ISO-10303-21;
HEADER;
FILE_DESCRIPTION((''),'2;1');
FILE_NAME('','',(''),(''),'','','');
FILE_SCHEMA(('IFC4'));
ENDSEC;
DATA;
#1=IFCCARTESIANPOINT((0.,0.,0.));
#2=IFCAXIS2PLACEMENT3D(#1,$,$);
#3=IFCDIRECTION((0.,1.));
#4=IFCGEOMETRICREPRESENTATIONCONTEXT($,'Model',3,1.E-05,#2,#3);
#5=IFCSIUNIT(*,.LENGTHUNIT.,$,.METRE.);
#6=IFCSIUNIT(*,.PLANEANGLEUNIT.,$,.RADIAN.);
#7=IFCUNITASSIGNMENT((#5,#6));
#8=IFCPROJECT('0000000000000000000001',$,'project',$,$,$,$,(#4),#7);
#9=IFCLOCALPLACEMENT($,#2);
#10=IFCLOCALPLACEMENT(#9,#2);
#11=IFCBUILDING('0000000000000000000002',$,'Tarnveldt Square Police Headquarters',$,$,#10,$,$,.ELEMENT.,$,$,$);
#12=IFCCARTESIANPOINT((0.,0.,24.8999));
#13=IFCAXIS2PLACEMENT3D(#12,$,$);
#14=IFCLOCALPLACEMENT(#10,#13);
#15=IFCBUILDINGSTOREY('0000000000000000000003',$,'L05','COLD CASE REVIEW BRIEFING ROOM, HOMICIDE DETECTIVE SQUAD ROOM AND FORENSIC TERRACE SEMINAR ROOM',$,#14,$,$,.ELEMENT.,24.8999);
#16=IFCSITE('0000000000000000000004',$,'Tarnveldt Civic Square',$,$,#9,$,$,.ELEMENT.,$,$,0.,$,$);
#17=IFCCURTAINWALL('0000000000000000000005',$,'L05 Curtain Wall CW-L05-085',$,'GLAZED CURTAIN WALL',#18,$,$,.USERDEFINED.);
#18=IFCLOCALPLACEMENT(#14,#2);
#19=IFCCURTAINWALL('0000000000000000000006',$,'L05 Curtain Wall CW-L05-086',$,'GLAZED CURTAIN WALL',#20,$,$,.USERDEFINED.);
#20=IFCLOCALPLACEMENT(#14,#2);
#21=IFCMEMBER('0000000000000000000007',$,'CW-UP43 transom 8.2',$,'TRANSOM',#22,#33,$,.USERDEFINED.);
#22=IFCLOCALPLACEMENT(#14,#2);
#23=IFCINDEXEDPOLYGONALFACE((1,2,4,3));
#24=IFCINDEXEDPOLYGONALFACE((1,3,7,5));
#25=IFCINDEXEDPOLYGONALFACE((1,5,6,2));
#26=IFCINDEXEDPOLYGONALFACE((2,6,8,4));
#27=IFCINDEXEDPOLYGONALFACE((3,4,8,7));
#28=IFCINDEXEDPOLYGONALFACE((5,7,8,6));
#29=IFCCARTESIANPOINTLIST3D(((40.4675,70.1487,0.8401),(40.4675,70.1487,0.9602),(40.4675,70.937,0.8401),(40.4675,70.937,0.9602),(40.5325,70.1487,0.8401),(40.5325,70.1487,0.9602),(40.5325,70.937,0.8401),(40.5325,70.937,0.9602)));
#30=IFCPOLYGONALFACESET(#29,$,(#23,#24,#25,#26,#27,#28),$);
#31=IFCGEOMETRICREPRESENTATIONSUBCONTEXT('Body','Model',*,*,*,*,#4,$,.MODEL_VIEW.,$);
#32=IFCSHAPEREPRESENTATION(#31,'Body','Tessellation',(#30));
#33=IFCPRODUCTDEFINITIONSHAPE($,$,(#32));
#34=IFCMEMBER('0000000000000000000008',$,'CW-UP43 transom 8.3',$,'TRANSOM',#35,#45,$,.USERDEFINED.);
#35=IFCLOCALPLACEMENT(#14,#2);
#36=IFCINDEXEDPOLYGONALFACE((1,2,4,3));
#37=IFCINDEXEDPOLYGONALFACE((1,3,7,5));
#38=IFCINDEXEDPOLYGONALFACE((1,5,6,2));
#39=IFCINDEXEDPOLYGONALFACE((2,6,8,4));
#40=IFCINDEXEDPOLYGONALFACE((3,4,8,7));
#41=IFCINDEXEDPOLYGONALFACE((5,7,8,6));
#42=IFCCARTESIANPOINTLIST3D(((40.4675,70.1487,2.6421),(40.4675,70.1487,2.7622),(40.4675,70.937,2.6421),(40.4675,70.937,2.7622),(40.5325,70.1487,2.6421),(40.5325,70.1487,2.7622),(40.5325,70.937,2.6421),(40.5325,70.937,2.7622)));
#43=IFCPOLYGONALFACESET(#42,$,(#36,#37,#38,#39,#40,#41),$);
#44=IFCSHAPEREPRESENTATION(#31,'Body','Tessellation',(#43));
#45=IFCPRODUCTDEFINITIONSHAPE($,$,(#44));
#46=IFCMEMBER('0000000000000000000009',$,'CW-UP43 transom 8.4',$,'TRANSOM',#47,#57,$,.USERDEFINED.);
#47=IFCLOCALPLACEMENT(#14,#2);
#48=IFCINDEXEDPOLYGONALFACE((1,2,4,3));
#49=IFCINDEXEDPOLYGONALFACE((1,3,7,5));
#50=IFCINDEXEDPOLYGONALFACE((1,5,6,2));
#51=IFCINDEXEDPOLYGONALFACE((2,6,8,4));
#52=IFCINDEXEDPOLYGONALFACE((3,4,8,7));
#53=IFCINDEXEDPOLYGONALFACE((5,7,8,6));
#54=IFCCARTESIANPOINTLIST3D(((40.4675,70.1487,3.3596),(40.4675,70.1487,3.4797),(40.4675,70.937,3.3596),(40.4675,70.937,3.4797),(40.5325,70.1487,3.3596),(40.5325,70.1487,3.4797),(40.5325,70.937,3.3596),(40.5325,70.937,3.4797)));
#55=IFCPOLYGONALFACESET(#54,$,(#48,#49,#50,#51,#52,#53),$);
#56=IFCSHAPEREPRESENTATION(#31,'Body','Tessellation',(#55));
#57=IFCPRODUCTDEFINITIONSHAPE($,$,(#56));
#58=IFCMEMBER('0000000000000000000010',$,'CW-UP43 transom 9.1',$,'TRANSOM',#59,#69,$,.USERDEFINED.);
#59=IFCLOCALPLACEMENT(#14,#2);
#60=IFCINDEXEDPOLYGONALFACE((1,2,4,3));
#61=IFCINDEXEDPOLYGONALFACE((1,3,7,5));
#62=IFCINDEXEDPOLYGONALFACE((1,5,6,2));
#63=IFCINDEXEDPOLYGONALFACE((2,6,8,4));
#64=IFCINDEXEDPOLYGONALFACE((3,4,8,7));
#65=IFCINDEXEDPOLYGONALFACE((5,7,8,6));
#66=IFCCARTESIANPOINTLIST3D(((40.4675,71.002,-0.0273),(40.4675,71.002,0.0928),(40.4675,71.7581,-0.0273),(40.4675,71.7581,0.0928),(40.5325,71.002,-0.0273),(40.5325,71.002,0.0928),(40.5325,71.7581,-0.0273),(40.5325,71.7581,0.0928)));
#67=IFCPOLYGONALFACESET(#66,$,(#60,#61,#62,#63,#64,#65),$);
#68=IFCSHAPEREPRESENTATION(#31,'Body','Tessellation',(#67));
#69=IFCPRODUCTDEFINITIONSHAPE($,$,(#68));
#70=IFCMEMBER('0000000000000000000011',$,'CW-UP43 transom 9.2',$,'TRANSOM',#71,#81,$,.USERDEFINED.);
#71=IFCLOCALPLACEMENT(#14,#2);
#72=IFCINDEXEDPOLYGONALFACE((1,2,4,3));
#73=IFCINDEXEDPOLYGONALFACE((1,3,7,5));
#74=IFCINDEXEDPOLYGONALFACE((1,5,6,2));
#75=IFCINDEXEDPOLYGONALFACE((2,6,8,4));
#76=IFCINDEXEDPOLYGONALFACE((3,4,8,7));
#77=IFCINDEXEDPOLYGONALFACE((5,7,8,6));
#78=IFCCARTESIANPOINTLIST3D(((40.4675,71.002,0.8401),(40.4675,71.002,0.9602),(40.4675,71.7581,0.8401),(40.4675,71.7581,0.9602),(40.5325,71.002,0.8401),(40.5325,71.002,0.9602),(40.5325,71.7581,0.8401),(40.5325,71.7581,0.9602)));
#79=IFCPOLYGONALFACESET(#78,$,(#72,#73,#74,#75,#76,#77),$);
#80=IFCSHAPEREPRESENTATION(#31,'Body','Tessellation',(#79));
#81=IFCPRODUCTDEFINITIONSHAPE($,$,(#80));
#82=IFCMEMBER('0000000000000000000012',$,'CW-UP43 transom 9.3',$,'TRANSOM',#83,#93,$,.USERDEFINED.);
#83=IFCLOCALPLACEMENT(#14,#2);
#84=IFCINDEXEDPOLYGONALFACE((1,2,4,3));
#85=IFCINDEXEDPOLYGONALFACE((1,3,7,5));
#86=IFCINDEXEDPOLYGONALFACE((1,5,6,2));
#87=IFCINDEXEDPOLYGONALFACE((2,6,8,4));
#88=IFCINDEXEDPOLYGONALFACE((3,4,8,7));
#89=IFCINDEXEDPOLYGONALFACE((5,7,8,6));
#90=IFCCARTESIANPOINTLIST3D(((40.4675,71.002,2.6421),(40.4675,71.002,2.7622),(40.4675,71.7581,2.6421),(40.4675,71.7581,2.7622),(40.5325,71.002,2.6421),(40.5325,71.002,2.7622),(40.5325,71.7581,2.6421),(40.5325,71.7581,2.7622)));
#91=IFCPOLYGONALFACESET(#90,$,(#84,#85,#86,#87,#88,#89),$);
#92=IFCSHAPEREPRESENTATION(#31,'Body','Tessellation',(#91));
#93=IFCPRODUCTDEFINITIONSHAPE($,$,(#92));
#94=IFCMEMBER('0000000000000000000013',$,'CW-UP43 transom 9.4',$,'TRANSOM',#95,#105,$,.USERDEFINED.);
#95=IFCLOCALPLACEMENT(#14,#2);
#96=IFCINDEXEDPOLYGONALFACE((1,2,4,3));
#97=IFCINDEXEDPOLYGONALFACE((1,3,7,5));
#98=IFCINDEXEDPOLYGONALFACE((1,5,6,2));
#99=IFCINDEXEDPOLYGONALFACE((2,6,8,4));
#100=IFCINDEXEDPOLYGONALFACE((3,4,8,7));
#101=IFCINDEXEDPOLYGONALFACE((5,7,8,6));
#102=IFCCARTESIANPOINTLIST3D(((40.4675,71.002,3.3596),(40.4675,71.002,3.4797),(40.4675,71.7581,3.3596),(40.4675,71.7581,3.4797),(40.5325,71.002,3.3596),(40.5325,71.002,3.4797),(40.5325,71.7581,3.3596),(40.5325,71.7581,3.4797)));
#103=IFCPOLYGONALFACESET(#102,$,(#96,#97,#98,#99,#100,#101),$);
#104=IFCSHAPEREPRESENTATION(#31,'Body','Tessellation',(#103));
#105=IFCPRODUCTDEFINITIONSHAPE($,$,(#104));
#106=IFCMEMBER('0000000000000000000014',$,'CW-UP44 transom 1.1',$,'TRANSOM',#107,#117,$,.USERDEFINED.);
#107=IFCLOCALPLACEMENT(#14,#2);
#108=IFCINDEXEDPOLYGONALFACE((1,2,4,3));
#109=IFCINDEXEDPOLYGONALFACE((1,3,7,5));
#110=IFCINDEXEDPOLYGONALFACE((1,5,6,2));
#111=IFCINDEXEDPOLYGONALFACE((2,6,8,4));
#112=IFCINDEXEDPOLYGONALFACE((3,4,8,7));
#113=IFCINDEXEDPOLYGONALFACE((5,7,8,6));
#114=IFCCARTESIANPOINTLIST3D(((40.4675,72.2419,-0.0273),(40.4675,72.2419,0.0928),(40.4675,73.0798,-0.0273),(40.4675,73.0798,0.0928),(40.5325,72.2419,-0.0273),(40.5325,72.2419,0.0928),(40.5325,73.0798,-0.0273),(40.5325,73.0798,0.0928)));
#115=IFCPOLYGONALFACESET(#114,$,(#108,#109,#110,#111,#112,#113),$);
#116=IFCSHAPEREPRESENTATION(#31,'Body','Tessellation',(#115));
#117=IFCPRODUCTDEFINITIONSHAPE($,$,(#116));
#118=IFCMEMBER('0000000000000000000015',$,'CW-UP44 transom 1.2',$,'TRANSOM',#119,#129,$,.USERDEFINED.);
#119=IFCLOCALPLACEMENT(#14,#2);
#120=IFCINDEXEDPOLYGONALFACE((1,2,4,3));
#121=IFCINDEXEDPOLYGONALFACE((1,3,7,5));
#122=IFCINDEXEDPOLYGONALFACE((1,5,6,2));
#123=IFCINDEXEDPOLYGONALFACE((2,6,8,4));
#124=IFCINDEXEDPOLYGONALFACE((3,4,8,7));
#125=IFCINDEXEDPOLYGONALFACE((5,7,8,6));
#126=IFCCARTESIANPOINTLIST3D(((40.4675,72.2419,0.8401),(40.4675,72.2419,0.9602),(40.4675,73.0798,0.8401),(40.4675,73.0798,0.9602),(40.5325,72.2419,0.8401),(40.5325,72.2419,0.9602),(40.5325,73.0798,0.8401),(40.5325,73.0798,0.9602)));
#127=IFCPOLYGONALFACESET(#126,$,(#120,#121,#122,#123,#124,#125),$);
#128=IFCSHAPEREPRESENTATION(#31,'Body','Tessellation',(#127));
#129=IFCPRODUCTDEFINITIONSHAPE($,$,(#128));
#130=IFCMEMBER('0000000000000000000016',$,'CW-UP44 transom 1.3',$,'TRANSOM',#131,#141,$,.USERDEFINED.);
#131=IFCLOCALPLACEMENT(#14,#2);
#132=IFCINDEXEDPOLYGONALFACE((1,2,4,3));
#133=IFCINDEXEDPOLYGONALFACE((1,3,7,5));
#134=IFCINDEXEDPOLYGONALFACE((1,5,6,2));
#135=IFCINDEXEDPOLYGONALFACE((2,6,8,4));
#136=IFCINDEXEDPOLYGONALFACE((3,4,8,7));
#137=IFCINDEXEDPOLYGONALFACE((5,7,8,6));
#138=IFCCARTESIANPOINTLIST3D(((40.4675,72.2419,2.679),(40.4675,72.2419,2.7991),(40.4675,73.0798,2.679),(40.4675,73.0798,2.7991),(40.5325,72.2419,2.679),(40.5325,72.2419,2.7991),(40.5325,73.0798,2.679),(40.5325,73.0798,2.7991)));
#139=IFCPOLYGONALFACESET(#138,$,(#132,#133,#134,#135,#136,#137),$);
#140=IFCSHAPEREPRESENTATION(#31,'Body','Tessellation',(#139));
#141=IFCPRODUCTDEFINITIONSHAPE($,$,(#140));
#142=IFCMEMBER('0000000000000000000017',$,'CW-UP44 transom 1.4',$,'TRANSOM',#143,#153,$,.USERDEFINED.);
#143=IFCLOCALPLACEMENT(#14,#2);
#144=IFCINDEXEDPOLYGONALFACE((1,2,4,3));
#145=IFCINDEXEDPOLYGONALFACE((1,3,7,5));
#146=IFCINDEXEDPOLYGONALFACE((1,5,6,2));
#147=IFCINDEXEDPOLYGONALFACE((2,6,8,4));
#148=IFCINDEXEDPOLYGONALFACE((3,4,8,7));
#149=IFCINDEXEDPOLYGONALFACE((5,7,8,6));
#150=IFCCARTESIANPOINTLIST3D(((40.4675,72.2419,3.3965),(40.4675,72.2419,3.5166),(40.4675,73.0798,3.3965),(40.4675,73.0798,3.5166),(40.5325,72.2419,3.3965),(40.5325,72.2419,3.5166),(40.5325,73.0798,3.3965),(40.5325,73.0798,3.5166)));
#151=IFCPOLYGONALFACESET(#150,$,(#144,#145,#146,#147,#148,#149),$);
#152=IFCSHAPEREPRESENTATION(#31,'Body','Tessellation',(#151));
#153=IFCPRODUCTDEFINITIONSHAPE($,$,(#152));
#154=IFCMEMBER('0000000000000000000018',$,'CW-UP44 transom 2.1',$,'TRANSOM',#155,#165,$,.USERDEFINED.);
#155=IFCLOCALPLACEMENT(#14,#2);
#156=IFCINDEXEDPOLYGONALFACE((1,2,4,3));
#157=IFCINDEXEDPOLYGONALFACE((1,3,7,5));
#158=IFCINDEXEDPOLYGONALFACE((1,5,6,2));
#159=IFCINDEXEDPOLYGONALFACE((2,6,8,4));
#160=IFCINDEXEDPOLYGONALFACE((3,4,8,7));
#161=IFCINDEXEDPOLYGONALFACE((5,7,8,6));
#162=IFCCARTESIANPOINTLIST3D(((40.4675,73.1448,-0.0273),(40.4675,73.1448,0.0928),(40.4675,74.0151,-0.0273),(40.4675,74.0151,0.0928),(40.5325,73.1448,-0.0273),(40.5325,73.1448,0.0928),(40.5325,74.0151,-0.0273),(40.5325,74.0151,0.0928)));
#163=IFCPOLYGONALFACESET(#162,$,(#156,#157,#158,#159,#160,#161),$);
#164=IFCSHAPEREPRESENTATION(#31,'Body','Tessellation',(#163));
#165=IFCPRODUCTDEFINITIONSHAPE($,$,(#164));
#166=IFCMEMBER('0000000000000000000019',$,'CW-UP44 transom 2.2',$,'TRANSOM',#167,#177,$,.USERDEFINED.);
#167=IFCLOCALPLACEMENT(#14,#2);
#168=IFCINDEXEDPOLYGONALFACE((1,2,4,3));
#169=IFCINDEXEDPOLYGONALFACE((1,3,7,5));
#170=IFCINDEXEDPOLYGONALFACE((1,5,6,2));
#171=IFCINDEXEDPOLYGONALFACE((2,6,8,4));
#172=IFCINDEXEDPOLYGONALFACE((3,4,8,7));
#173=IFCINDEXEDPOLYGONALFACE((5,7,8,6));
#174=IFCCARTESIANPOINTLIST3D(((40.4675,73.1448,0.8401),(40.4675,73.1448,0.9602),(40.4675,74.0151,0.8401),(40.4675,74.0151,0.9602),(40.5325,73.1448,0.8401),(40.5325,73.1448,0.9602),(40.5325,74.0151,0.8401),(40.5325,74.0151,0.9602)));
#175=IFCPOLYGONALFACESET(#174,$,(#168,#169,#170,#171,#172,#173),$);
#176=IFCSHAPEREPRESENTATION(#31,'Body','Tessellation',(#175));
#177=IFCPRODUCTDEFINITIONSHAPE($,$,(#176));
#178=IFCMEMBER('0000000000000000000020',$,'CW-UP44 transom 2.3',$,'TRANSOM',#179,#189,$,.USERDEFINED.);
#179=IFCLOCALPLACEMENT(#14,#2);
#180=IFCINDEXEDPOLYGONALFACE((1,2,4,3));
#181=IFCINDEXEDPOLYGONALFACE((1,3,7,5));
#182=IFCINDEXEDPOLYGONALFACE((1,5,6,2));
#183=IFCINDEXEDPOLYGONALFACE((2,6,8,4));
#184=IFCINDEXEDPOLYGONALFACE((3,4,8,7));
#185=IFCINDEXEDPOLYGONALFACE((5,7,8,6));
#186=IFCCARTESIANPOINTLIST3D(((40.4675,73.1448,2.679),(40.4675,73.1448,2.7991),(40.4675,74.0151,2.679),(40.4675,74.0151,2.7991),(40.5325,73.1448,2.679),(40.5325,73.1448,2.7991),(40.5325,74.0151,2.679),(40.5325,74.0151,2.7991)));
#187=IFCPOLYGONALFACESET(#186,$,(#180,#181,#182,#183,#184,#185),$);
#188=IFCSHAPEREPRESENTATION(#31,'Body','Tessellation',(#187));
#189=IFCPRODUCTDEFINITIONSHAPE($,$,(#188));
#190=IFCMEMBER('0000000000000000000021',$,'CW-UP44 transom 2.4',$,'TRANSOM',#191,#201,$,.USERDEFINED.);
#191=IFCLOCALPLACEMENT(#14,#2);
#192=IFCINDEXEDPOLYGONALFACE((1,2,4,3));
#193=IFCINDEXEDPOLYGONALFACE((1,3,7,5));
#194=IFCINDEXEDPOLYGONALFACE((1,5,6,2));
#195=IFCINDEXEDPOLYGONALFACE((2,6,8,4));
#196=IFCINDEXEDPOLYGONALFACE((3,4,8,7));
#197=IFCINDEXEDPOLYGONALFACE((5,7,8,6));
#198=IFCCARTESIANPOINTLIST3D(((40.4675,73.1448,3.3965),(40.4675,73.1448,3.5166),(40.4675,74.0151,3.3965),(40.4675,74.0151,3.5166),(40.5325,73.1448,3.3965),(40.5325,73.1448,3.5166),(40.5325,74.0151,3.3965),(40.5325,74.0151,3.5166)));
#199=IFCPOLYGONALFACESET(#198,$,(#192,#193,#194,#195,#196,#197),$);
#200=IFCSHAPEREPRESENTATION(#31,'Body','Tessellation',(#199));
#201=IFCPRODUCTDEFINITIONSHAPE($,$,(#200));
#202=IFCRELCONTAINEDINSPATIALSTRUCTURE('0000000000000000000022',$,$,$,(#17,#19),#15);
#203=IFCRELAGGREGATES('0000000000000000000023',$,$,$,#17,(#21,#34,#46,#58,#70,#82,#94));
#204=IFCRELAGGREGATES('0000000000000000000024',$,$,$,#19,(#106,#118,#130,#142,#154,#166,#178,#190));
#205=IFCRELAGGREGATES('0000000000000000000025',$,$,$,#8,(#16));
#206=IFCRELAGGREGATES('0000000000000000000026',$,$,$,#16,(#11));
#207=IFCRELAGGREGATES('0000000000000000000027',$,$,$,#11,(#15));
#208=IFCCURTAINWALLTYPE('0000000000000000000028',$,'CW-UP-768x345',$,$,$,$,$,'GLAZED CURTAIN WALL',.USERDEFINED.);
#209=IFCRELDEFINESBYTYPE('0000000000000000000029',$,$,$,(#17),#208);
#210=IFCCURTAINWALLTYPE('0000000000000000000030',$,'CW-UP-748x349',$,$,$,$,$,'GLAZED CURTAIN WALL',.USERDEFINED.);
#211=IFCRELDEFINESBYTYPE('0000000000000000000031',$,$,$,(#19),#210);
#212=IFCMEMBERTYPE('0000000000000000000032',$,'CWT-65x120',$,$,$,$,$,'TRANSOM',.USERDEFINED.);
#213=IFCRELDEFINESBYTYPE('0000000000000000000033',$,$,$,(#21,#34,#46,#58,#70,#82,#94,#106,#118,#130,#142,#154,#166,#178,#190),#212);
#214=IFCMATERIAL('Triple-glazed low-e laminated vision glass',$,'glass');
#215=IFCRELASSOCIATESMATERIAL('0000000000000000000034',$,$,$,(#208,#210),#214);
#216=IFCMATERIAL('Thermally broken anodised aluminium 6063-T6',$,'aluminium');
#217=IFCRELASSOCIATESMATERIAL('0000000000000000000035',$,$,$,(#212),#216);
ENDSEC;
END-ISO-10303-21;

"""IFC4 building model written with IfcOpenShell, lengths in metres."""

from ifc_helpers import new_model, si_unit, direction, frame, origin, origin_2d, place, context, subcontext, project, spatial, rectangle, extrude, material, material_profile, profile_set, type_object, element, aggregate, save


model = new_model("IFC4")

# Units and contexts
model_context = context("Model", 3, precision=1e-05, world=origin(), true_north=direction((0.0, 1.0)))
body_context = subcontext(model_context, "Body", "Model", "MODEL_VIEW")
ifc_project = project(units=[si_unit("LENGTHUNIT", "METRE"), si_unit("PLANEANGLEUNIT", "RADIAN")], contexts=[model_context])

# Site, building, storey
site_placement = place(None, origin())
site = spatial("IfcSite", under=ifc_project, at=site_placement, Name="Tarnveldt Civic Square", CompositionType="ELEMENT", RefElevation=0.0)
building_placement = place(site_placement, origin())
building = spatial("IfcBuilding", under=site, at=building_placement, Name="Tarnveldt Square Police Headquarters", CompositionType="ELEMENT")
storey_placement = place(building_placement, frame((0.0, 0.0, 24.8999)))
storey = spatial("IfcBuildingStorey", under=building, at=storey_placement, Name="L05", Description="COLD CASE REVIEW BRIEFING ROOM, HOMICIDE DETECTIVE SQUAD ROOM AND FORENSIC TERRACE SEMINAR ROOM", CompositionType="ELEMENT", Elevation=24.8999)

# Curtain walls
ifc_material_1 = material(Name="Triple-glazed low-e laminated vision glass", Category="glass")
curtain_wall_type_1 = type_object("IfcCurtainWallType", Name="CW-UP-768x345", ElementType="GLAZED CURTAIN WALL", PredefinedType="USERDEFINED", material=ifc_material_1)
curtain_wall_1_placement = place(storey_placement, origin())
curtain_wall_1 = element("IfcCurtainWall", 1, at=curtain_wall_1_placement, inside=storey, type_object=curtain_wall_type_1, Name="L05 Curtain Wall CW-L05-085", ObjectType="GLAZED CURTAIN WALL", PredefinedType="USERDEFINED")
ifc_material_2 = material(Name="Thermally broken anodised aluminium 6063-T6", Category="aluminium")
curtain_wall_type_2 = type_object("IfcCurtainWallType", Name="CW-UP-748x349", ElementType="GLAZED CURTAIN WALL", PredefinedType="USERDEFINED", material=ifc_material_1)
curtain_wall_2_placement = place(storey_placement, origin())
curtain_wall_2 = element("IfcCurtainWall", 2, at=curtain_wall_2_placement, inside=storey, type_object=curtain_wall_type_2, Name="L05 Curtain Wall CW-L05-086", ObjectType="GLAZED CURTAIN WALL", PredefinedType="USERDEFINED")

# Members
ifc_material_profile_1 = material_profile(ifc_material_2, rectangle(XDim=0.0649, YDim=0.1201, at=origin_2d()), Name="CW-T65x120")
ifc_profile_set_1 = profile_set([ifc_material_profile_1], Name="Thermally broken anodised aluminium 6063-T6")
member_type_1 = type_object("IfcMemberType", Name="CWT-65x120", ElementType="TRANSOM", PredefinedType="USERDEFINED", material=ifc_profile_set_1)
member_1_placement = place(storey_placement, frame((40.5, 70.1487, 0.9001), z_axis=(0.0, 1.0, 0.0), x_axis=(-1.0, 0.0, 0.0)))
member_1 = element("IfcMember", 3, at=member_1_placement, type_object=member_type_1, Name="CW-UP43 transom 8.2", ObjectType="TRANSOM", PredefinedType="USERDEFINED", context=body_context, shape_type="SweptSolid", body=[
    extrude(rectangle(XDim=0.0649, YDim=0.1201, at=origin_2d()), origin(), (0.0, 0.0, 1.0), 0.7883),
])
member_2_placement = place(storey_placement, frame((40.5, 70.1487, 2.7021), z_axis=(0.0, 1.0, 0.0), x_axis=(-1.0, 0.0, 0.0)))
member_2 = element("IfcMember", 4, at=member_2_placement, type_object=member_type_1, Name="CW-UP43 transom 8.3", ObjectType="TRANSOM", PredefinedType="USERDEFINED", context=body_context, shape_type="SweptSolid", body=[
    extrude(rectangle(XDim=0.0649, YDim=0.1201, at=origin_2d()), origin(), (0.0, 0.0, 1.0), 0.7883),
])
member_3_placement = place(storey_placement, frame((40.5, 70.1487, 3.4197), z_axis=(0.0, 1.0, 0.0), x_axis=(-1.0, 0.0, 0.0)))
member_3 = element("IfcMember", 5, at=member_3_placement, type_object=member_type_1, Name="CW-UP43 transom 8.4", ObjectType="TRANSOM", PredefinedType="USERDEFINED", context=body_context, shape_type="SweptSolid", body=[
    extrude(rectangle(XDim=0.0649, YDim=0.1201, at=origin_2d()), origin(), (0.0, 0.0, 1.0), 0.7883),
])
member_4_placement = place(storey_placement, frame((40.5, 71.002, 0.0327), z_axis=(0.0, 1.0, 0.0), x_axis=(-1.0, 0.0, 0.0)))
member_4 = element("IfcMember", 6, at=member_4_placement, type_object=member_type_1, Name="CW-UP43 transom 9.1", ObjectType="TRANSOM", PredefinedType="USERDEFINED", context=body_context, shape_type="SweptSolid", body=[
    extrude(rectangle(XDim=0.0649, YDim=0.1201, at=origin_2d()), origin(), (0.0, 0.0, 1.0), 0.7561),
])
member_5_placement = place(storey_placement, frame((40.5, 71.002, 0.9001), z_axis=(0.0, 1.0, 0.0), x_axis=(-1.0, 0.0, 0.0)))
member_5 = element("IfcMember", 7, at=member_5_placement, type_object=member_type_1, Name="CW-UP43 transom 9.2", ObjectType="TRANSOM", PredefinedType="USERDEFINED", context=body_context, shape_type="SweptSolid", body=[
    extrude(rectangle(XDim=0.0649, YDim=0.1201, at=origin_2d()), origin(), (0.0, 0.0, 1.0), 0.7561),
])
member_6_placement = place(storey_placement, frame((40.5, 71.002, 2.7021), z_axis=(0.0, 1.0, 0.0), x_axis=(-1.0, 0.0, 0.0)))
member_6 = element("IfcMember", 8, at=member_6_placement, type_object=member_type_1, Name="CW-UP43 transom 9.3", ObjectType="TRANSOM", PredefinedType="USERDEFINED", context=body_context, shape_type="SweptSolid", body=[
    extrude(rectangle(XDim=0.0649, YDim=0.1201, at=origin_2d()), origin(), (0.0, 0.0, 1.0), 0.7561),
])
member_7_placement = place(storey_placement, frame((40.5, 71.002, 3.4197), z_axis=(0.0, 1.0, 0.0), x_axis=(-1.0, 0.0, 0.0)))
member_7 = element("IfcMember", 9, at=member_7_placement, type_object=member_type_1, Name="CW-UP43 transom 9.4", ObjectType="TRANSOM", PredefinedType="USERDEFINED", context=body_context, shape_type="SweptSolid", body=[
    extrude(rectangle(XDim=0.0649, YDim=0.1201, at=origin_2d()), origin(), (0.0, 0.0, 1.0), 0.7561),
])
member_8_placement = place(storey_placement, frame((40.5, 72.2419, 0.0327), z_axis=(0.0, 1.0, 0.0), x_axis=(-1.0, 0.0, 0.0)))
member_8 = element("IfcMember", 10, at=member_8_placement, type_object=member_type_1, Name="CW-UP44 transom 1.1", ObjectType="TRANSOM", PredefinedType="USERDEFINED", context=body_context, shape_type="SweptSolid", body=[
    extrude(rectangle(XDim=0.0649, YDim=0.1201, at=origin_2d()), origin(), (0.0, 0.0, 1.0), 0.8379),
])
member_9_placement = place(storey_placement, frame((40.5, 72.2419, 0.9001), z_axis=(0.0, 1.0, 0.0), x_axis=(-1.0, 0.0, 0.0)))
member_9 = element("IfcMember", 11, at=member_9_placement, type_object=member_type_1, Name="CW-UP44 transom 1.2", ObjectType="TRANSOM", PredefinedType="USERDEFINED", context=body_context, shape_type="SweptSolid", body=[
    extrude(rectangle(XDim=0.0649, YDim=0.1201, at=origin_2d()), origin(), (0.0, 0.0, 1.0), 0.8379),
])
member_10_placement = place(storey_placement, frame((40.5, 72.2419, 2.739), z_axis=(0.0, 1.0, 0.0), x_axis=(-1.0, 0.0, 0.0)))
member_10 = element("IfcMember", 12, at=member_10_placement, type_object=member_type_1, Name="CW-UP44 transom 1.3", ObjectType="TRANSOM", PredefinedType="USERDEFINED", context=body_context, shape_type="SweptSolid", body=[
    extrude(rectangle(XDim=0.0649, YDim=0.1201, at=origin_2d()), origin(), (0.0, 0.0, 1.0), 0.8379),
])
member_11_placement = place(storey_placement, frame((40.5, 72.2419, 3.4565), z_axis=(0.0, 1.0, 0.0), x_axis=(-1.0, 0.0, 0.0)))
member_11 = element("IfcMember", 13, at=member_11_placement, type_object=member_type_1, Name="CW-UP44 transom 1.4", ObjectType="TRANSOM", PredefinedType="USERDEFINED", context=body_context, shape_type="SweptSolid", body=[
    extrude(rectangle(XDim=0.0649, YDim=0.1201, at=origin_2d()), origin(), (0.0, 0.0, 1.0), 0.8379),
])
member_12_placement = place(storey_placement, frame((40.5, 73.1448, 0.0327), z_axis=(0.0, 1.0, 0.0), x_axis=(-1.0, 0.0, 0.0)))
member_12 = element("IfcMember", 14, at=member_12_placement, type_object=member_type_1, Name="CW-UP44 transom 2.1", ObjectType="TRANSOM", PredefinedType="USERDEFINED", context=body_context, shape_type="SweptSolid", body=[
    extrude(rectangle(XDim=0.0649, YDim=0.1201, at=origin_2d()), origin(), (0.0, 0.0, 1.0), 0.8704),
])
member_13_placement = place(storey_placement, frame((40.5, 73.1448, 0.9001), z_axis=(0.0, 1.0, 0.0), x_axis=(-1.0, 0.0, 0.0)))
member_13 = element("IfcMember", 15, at=member_13_placement, type_object=member_type_1, Name="CW-UP44 transom 2.2", ObjectType="TRANSOM", PredefinedType="USERDEFINED", context=body_context, shape_type="SweptSolid", body=[
    extrude(rectangle(XDim=0.0649, YDim=0.1201, at=origin_2d()), origin(), (0.0, 0.0, 1.0), 0.8704),
])
member_14_placement = place(storey_placement, frame((40.5, 73.1448, 2.739), z_axis=(0.0, 1.0, 0.0), x_axis=(-1.0, 0.0, 0.0)))
member_14 = element("IfcMember", 16, at=member_14_placement, type_object=member_type_1, Name="CW-UP44 transom 2.3", ObjectType="TRANSOM", PredefinedType="USERDEFINED", context=body_context, shape_type="SweptSolid", body=[
    extrude(rectangle(XDim=0.0649, YDim=0.1201, at=origin_2d()), origin(), (0.0, 0.0, 1.0), 0.8704),
])
member_15_placement = place(storey_placement, frame((40.5, 73.1448, 3.4565), z_axis=(0.0, 1.0, 0.0), x_axis=(-1.0, 0.0, 0.0)))
member_15 = element("IfcMember", 17, at=member_15_placement, type_object=member_type_1, Name="CW-UP44 transom 2.4", ObjectType="TRANSOM", PredefinedType="USERDEFINED", context=body_context, shape_type="SweptSolid", body=[
    extrude(rectangle(XDim=0.0649, YDim=0.1201, at=origin_2d()), origin(), (0.0, 0.0, 1.0), 0.8704),
])

aggregate(curtain_wall_1, [member_1, member_2, member_3, member_4, member_5, member_6, member_7])
aggregate(curtain_wall_2, [member_8, member_9, member_10, member_11, member_12, member_13, member_14, member_15])

save(model, "model.ifc")
